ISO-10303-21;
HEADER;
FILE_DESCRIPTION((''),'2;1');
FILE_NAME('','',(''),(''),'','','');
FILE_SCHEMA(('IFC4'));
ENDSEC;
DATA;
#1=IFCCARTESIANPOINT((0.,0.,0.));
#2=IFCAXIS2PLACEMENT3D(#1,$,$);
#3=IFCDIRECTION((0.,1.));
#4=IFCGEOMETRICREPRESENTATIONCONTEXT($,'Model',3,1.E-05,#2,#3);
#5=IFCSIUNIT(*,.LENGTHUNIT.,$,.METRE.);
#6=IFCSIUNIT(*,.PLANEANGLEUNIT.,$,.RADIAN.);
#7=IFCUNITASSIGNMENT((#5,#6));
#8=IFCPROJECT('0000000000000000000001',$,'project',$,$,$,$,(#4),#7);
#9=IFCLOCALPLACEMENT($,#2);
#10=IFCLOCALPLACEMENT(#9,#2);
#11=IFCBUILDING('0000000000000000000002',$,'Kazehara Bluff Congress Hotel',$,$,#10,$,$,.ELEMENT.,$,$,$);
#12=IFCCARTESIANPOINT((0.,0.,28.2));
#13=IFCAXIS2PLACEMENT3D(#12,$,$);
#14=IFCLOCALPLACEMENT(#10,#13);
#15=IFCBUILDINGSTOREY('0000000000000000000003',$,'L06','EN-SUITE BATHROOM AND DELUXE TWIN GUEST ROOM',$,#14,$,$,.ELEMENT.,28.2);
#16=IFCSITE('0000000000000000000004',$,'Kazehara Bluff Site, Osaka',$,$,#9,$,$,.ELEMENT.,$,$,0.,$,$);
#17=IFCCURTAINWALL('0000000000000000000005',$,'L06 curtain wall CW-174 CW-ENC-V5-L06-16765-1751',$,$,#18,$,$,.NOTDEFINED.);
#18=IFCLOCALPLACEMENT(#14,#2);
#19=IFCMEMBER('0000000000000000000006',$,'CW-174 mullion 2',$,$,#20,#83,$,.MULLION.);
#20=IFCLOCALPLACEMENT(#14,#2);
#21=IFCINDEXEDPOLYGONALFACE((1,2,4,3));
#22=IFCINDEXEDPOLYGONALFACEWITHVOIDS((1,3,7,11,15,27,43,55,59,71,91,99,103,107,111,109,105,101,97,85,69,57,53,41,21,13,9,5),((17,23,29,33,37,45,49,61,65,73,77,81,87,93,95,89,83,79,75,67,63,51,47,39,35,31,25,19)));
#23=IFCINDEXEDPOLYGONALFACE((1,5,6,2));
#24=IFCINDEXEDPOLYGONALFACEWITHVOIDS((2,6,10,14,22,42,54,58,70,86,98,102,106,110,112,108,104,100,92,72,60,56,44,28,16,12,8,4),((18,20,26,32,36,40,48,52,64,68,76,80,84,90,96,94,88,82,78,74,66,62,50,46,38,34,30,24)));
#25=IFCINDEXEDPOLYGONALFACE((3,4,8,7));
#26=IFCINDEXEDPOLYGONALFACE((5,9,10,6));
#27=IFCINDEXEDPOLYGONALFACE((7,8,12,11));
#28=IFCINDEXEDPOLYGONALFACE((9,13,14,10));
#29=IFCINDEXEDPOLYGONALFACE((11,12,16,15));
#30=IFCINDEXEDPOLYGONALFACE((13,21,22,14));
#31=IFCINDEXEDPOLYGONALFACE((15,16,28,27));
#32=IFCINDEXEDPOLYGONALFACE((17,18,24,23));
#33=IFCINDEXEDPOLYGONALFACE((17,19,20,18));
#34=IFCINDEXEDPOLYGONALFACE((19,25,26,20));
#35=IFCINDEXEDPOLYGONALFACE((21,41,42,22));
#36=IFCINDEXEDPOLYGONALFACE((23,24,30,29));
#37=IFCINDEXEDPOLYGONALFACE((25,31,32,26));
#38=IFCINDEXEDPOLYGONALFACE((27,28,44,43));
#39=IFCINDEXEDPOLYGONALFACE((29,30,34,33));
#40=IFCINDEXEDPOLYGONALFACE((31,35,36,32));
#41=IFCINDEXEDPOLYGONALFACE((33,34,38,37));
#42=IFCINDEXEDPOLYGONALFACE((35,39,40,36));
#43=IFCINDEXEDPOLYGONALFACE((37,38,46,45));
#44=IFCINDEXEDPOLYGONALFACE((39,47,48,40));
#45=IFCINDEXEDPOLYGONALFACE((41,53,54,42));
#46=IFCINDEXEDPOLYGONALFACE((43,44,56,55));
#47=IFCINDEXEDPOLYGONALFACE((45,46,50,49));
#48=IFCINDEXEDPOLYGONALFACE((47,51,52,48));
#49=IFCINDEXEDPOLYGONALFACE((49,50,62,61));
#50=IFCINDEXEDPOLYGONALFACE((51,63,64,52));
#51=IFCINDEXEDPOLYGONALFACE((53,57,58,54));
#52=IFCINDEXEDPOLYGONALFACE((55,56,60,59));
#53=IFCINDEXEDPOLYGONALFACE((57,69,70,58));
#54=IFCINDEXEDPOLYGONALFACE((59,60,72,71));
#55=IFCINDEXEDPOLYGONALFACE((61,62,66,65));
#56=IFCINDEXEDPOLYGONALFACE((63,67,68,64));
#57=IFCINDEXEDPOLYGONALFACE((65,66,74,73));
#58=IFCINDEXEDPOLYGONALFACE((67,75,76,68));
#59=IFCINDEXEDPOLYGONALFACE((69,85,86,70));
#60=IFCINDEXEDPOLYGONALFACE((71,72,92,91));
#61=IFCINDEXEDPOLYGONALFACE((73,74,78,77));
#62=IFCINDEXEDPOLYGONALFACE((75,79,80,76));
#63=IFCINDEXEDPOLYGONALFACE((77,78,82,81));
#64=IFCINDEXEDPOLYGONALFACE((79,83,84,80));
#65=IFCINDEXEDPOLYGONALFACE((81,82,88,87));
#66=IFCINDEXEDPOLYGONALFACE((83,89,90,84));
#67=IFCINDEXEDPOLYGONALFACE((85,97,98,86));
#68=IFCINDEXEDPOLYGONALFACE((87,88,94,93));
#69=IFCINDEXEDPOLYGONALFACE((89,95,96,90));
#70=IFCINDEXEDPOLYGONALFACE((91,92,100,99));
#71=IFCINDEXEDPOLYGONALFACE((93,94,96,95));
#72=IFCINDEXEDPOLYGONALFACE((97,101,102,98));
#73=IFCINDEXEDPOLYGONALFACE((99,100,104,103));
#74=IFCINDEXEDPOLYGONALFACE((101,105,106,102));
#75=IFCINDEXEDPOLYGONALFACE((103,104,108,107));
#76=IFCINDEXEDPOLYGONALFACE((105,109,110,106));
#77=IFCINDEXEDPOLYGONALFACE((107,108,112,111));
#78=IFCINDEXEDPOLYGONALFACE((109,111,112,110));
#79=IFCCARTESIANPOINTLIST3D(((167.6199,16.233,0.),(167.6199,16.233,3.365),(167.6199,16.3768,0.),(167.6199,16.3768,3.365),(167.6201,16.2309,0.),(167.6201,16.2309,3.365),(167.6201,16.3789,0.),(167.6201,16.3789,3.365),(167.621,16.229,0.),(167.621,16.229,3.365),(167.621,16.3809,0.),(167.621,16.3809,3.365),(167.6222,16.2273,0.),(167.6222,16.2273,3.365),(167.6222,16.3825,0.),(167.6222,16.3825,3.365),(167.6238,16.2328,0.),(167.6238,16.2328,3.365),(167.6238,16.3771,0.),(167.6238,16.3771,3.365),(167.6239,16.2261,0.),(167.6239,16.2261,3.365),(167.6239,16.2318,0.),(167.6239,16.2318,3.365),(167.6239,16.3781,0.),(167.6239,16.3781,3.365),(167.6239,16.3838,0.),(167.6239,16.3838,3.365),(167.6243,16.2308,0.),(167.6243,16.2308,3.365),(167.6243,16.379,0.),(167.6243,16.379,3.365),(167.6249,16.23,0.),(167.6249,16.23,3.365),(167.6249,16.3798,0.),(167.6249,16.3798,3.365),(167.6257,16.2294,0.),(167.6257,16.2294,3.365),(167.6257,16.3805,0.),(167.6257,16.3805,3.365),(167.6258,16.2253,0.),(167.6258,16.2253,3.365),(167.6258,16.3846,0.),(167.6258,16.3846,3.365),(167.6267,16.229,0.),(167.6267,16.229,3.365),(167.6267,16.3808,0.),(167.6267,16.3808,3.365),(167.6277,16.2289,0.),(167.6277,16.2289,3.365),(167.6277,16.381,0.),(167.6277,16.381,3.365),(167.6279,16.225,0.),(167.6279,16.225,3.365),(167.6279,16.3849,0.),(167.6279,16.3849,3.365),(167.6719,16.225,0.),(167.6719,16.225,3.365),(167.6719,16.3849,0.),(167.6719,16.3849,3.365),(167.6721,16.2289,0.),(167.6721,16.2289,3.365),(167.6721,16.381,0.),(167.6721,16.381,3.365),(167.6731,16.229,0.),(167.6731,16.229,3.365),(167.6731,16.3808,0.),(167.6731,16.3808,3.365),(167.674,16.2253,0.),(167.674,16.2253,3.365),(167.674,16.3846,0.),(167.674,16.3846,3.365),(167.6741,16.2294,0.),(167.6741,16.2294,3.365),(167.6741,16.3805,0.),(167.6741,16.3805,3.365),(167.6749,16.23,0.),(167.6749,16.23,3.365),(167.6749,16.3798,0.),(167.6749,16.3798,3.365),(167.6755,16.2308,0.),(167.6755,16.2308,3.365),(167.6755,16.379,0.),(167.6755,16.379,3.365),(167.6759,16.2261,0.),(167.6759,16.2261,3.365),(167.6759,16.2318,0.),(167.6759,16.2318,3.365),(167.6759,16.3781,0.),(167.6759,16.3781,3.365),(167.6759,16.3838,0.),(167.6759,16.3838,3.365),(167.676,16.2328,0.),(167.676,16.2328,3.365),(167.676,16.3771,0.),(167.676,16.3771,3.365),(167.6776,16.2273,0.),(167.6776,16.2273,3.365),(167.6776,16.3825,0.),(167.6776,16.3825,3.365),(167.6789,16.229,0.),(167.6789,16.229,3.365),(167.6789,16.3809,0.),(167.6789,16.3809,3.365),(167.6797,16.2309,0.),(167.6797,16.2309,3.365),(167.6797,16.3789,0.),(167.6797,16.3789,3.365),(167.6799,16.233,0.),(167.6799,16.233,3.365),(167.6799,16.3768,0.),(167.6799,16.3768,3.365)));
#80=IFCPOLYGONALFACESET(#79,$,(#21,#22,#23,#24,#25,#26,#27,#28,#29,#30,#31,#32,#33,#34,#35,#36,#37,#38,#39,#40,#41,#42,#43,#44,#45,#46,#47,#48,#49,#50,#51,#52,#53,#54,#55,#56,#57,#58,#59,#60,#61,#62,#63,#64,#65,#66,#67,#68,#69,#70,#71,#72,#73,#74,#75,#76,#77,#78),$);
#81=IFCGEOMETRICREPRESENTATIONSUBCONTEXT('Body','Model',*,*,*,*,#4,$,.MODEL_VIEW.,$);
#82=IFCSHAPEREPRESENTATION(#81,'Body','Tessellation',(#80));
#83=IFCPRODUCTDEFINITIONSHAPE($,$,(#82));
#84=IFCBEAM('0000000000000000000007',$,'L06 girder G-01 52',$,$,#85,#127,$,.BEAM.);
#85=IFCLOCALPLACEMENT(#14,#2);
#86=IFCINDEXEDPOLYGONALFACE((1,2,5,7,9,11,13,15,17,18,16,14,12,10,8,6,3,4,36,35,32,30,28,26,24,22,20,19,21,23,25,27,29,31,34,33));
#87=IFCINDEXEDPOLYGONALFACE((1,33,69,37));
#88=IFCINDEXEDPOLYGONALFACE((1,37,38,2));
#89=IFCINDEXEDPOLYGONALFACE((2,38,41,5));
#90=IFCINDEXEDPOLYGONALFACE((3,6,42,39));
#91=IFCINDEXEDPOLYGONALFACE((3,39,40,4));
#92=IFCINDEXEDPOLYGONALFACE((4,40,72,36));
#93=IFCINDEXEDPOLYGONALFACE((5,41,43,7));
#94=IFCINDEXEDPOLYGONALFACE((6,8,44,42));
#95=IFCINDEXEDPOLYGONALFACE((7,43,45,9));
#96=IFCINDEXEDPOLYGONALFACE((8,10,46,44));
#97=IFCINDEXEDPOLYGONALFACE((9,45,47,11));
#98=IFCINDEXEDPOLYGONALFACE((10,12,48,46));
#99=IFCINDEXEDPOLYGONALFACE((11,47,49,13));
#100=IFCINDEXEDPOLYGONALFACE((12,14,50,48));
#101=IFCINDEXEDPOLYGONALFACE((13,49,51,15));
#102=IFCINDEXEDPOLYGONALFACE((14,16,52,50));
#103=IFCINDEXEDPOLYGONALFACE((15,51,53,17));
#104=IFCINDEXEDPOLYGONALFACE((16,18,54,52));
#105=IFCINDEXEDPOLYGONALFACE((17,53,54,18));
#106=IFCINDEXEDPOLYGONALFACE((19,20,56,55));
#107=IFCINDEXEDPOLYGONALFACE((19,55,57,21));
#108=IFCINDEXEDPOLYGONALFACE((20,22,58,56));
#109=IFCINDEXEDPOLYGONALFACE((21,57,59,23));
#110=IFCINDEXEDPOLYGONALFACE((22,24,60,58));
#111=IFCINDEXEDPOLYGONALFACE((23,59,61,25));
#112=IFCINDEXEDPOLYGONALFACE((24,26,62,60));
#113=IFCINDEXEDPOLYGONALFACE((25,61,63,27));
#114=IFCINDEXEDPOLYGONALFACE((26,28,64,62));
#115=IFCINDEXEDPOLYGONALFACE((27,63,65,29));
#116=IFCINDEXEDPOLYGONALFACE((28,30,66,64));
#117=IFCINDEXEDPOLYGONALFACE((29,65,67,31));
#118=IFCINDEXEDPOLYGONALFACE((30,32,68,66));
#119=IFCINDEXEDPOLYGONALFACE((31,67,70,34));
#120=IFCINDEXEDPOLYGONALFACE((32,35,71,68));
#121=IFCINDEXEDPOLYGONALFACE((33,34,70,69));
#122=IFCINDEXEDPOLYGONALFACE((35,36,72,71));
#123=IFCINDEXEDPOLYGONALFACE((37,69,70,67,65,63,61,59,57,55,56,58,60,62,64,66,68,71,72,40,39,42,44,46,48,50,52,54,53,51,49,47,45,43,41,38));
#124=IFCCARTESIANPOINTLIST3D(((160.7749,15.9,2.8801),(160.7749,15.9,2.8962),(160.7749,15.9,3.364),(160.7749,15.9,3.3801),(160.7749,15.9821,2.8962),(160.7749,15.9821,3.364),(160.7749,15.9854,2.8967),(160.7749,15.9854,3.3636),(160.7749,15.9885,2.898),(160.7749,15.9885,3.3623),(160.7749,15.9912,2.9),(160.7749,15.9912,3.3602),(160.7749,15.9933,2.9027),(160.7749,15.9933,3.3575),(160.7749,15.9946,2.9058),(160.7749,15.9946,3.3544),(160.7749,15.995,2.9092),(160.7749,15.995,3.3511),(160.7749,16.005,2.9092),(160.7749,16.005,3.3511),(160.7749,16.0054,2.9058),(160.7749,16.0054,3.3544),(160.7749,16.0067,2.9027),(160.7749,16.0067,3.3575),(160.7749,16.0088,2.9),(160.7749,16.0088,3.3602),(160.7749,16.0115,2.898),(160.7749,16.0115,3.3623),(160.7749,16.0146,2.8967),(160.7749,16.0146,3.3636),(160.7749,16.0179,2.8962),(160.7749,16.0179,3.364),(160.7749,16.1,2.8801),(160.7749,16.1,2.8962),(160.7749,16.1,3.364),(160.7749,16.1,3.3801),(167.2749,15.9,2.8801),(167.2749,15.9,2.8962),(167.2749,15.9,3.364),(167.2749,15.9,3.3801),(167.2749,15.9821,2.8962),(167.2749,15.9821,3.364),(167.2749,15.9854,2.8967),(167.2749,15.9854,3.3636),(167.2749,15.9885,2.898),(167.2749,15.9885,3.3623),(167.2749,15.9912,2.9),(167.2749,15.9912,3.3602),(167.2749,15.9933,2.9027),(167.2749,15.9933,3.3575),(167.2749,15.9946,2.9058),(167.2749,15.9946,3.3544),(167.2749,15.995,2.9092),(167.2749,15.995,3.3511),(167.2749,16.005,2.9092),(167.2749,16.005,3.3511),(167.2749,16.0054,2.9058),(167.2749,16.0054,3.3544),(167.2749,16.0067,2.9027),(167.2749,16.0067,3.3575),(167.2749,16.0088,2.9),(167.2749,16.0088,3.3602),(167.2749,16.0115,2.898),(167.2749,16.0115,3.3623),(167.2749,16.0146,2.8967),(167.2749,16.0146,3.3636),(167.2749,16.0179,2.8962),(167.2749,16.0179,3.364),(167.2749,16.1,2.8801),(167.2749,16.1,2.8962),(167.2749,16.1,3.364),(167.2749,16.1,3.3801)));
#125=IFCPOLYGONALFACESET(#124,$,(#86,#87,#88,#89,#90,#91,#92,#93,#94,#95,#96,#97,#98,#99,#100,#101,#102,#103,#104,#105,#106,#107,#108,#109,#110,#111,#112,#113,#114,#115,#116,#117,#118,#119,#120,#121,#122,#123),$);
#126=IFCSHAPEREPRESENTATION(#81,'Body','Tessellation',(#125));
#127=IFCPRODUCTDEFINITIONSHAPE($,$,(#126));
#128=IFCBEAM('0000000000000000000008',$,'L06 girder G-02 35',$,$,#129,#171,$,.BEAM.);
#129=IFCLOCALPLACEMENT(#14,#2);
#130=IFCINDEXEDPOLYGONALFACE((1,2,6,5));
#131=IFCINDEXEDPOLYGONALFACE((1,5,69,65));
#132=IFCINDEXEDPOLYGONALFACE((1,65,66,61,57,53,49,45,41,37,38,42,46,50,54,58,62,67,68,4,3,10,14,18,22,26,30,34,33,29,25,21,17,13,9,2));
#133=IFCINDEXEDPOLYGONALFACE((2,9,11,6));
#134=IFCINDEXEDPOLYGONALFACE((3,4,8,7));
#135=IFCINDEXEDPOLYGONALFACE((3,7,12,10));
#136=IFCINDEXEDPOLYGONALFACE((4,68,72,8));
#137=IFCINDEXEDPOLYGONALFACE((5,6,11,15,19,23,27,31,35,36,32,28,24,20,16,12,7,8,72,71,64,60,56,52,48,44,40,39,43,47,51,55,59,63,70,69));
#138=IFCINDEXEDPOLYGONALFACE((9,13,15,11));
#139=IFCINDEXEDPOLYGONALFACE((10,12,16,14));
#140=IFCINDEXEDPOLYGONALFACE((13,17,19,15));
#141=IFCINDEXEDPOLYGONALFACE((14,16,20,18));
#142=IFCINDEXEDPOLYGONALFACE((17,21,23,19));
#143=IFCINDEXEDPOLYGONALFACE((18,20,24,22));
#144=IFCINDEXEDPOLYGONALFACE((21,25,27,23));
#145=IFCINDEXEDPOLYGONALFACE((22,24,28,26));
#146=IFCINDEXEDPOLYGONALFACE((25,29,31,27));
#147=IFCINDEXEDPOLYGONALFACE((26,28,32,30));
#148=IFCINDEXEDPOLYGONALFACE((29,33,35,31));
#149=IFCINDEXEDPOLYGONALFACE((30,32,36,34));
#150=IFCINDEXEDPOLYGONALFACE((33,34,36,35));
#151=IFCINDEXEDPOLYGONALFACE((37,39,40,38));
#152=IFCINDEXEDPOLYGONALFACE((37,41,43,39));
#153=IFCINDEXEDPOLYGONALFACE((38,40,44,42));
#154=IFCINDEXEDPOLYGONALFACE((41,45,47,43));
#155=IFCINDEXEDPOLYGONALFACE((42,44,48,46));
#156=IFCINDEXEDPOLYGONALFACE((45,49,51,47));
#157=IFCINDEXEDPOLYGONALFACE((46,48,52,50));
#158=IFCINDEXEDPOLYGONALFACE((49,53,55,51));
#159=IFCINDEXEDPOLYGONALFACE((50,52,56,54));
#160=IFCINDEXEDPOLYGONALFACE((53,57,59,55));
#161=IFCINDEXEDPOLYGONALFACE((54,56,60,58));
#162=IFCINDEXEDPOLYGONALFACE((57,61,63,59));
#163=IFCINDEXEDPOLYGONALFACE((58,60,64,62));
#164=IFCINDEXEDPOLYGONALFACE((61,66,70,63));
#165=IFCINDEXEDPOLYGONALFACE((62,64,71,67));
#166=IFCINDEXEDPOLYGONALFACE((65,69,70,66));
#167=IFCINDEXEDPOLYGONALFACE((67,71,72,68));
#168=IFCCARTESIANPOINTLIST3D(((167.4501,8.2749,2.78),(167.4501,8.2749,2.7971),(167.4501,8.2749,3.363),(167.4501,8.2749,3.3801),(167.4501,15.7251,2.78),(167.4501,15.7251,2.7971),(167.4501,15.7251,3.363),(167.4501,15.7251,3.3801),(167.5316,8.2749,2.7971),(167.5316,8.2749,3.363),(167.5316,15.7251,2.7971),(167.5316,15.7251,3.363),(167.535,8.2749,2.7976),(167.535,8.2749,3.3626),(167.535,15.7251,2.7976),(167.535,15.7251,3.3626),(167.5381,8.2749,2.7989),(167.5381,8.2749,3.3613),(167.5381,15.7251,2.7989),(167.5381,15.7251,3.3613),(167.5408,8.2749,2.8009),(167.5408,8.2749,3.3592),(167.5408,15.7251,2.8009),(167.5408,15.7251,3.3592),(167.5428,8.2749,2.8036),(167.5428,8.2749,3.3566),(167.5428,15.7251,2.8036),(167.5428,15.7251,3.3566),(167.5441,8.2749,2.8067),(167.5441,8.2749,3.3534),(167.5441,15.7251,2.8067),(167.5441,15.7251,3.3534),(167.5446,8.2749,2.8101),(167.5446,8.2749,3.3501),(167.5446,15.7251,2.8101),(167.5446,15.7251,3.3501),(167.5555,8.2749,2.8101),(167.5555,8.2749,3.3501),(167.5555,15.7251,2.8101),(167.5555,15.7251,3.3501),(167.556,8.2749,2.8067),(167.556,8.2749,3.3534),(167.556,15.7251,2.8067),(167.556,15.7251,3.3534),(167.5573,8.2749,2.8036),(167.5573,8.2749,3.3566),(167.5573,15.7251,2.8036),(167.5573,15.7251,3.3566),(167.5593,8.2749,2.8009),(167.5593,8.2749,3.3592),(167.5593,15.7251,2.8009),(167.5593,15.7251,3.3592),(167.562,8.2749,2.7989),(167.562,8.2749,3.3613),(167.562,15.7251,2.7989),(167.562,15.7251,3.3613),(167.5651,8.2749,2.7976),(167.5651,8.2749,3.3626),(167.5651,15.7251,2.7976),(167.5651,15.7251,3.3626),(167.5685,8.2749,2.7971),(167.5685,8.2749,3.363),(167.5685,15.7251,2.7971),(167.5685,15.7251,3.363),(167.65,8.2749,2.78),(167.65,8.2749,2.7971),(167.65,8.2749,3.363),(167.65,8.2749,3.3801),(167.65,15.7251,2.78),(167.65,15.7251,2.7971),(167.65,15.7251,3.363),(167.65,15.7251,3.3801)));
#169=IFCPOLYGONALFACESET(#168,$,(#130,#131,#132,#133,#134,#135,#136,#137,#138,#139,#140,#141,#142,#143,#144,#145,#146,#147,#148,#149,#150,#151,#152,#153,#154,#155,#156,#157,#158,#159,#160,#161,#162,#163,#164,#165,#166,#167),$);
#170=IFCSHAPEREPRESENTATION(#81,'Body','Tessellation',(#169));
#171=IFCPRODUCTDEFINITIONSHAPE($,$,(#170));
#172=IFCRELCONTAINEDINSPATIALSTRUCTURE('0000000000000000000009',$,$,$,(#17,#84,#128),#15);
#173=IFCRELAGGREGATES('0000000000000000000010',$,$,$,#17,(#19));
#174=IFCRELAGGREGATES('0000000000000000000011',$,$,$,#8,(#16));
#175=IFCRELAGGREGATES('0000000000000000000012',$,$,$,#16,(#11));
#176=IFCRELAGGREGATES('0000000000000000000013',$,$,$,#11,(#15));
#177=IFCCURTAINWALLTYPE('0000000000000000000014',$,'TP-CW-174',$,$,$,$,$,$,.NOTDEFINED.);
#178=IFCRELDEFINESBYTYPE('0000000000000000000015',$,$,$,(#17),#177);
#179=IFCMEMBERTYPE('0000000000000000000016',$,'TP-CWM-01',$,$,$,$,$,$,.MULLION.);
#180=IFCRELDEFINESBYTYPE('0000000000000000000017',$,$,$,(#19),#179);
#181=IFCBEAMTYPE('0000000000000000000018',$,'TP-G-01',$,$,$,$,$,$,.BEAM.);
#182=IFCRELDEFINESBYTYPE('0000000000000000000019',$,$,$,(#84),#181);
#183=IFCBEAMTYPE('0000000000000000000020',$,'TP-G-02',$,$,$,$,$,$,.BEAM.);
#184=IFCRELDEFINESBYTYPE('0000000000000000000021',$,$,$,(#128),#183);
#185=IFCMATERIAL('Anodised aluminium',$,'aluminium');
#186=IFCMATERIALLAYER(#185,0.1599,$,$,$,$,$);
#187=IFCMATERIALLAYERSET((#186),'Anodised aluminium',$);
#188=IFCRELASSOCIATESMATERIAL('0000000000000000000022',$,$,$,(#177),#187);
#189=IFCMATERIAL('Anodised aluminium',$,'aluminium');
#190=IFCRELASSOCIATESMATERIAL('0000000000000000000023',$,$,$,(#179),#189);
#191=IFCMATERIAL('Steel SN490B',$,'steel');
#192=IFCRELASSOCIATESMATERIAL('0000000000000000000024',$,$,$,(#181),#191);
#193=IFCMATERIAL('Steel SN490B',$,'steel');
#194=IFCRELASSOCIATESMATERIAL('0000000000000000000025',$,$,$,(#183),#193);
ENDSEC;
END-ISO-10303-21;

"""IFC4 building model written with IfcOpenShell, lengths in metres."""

from ifc_helpers import new_model, si_unit, direction, frame, origin, origin_2d, place, context, subcontext, project, spatial, hollow_rectangle, i_section, extrude, material, layer, layer_set, material_profile, profile_set, type_object, element, aggregate, save


model = new_model("IFC4")

# Units and contexts
model_context = context("Model", 3, precision=1e-05, world=origin(), true_north=direction((0.0, 1.0)))
body_context = subcontext(model_context, "Body", "Model", "MODEL_VIEW")
ifc_project = project(units=[si_unit("LENGTHUNIT", "METRE"), si_unit("PLANEANGLEUNIT", "RADIAN")], contexts=[model_context])

# Site, building, storey
site_placement = place(None, origin())
site = spatial("IfcSite", under=ifc_project, at=site_placement, Name="Kazehara Bluff Site, Osaka", CompositionType="ELEMENT", RefElevation=0.0)
building_placement = place(site_placement, origin())
building = spatial("IfcBuilding", under=site, at=building_placement, Name="Kazehara Bluff Congress Hotel", CompositionType="ELEMENT")
storey_placement = place(building_placement, frame((0.0, 0.0, 28.2)))
storey = spatial("IfcBuildingStorey", under=building, at=storey_placement, Name="L06", Description="EN-SUITE BATHROOM AND DELUXE TWIN GUEST ROOM", CompositionType="ELEMENT", Elevation=28.2)

# Curtain wall, member
ifc_material_1 = material(Name="Anodised aluminium", Category="aluminium")
ifc_layer_1 = layer(ifc_material_1, 0.1599)
ifc_layer_set_1 = layer_set([ifc_layer_1], Name="Anodised aluminium")
curtain_wall_type = type_object("IfcCurtainWallType", Name="TP-CW-174", PredefinedType="NOTDEFINED", material=ifc_layer_set_1)
curtain_wall_placement = place(storey_placement, origin())
curtain_wall = element("IfcCurtainWall", 1, at=curtain_wall_placement, inside=storey, type_object=curtain_wall_type, Name="L06 curtain wall CW-174 CW-ENC-V5-L06-16765-1751", PredefinedType="NOTDEFINED")
ifc_material_2 = material(Name="Anodised aluminium", Category="aluminium")
ifc_material_profile_1 = material_profile(ifc_material_2, hollow_rectangle(XDim=0.0601, YDim=0.1599, WallThickness=0.0039, InnerFilletRadius=0.0039, OuterFilletRadius=0.0081, at=origin_2d()))
ifc_profile_set_1 = profile_set([ifc_material_profile_1], Name="Anodised aluminium")
member_type = type_object("IfcMemberType", Name="TP-CWM-01", PredefinedType="MULLION", material=ifc_profile_set_1)
member_placement = place(storey_placement, frame((167.6499, 16.3049, 0.0), z_axis=(0.0, 0.0, 1.0), x_axis=(1.0, 0.0, 0.0)))
member = element("IfcMember", 2, at=member_placement, type_object=member_type, Name="CW-174 mullion 2", PredefinedType="MULLION", context=body_context, shape_type="SweptSolid", body=[
    extrude(hollow_rectangle(XDim=0.0601, YDim=0.1599, WallThickness=0.0039, InnerFilletRadius=0.0039, OuterFilletRadius=0.0081, at=origin_2d()), origin(), (0.0, 0.0, 1.0), 3.365),
])

# Beams
ifc_material_3 = material(Name="Steel SN490B", Category="steel")
ifc_material_profile_2 = material_profile(ifc_material_3, i_section(OverallWidth=0.2, OverallDepth=0.5, WebThickness=0.01, FlangeThickness=0.0161, FilletRadius=0.0129, at=origin_2d()))
ifc_profile_set_2 = profile_set([ifc_material_profile_2], Name="Steel SN490B")
beam_type_1 = type_object("IfcBeamType", Name="TP-G-01", PredefinedType="BEAM", material=ifc_profile_set_2)
beam_1_placement = place(storey_placement, frame((160.7749, 16.0, 3.1301), z_axis=(1.0, 0.0, 0.0), x_axis=(0.0, 1.0, 0.0)))
element("IfcBeam", 3, at=beam_1_placement, inside=storey, type_object=beam_type_1, Name="L06 girder G-01 52", PredefinedType="BEAM", context=body_context, shape_type="SweptSolid", body=[
    extrude(i_section(OverallWidth=0.2, OverallDepth=0.5, WebThickness=0.01, FlangeThickness=0.0161, FilletRadius=0.0129, at=origin_2d()), origin(), (0.0, 0.0, 1.0), 6.5),
])
ifc_material_4 = material(Name="Steel SN490B", Category="steel")
ifc_material_profile_3 = material_profile(ifc_material_4, i_section(OverallWidth=0.2, OverallDepth=0.6001, WebThickness=0.011, FlangeThickness=0.0171, FilletRadius=0.0129, at=origin_2d()))
ifc_profile_set_3 = profile_set([ifc_material_profile_3], Name="Steel SN490B")
beam_type_2 = type_object("IfcBeamType", Name="TP-G-02", PredefinedType="BEAM", material=ifc_profile_set_3)
beam_2_placement = place(storey_placement, frame((167.55, 8.2749, 3.0801), z_axis=(0.0, 1.0, 0.0), x_axis=(-1.0, 0.0, 0.0)))
element("IfcBeam", 4, at=beam_2_placement, inside=storey, type_object=beam_type_2, Name="L06 girder G-02 35", PredefinedType="BEAM", context=body_context, shape_type="SweptSolid", body=[
    extrude(i_section(OverallWidth=0.2, OverallDepth=0.6001, WebThickness=0.011, FlangeThickness=0.0171, FilletRadius=0.0129, at=origin_2d()), origin(), (0.0, 0.0, 1.0), 7.4502),
])

aggregate(curtain_wall, [member])

save(model, "model.ifc")
